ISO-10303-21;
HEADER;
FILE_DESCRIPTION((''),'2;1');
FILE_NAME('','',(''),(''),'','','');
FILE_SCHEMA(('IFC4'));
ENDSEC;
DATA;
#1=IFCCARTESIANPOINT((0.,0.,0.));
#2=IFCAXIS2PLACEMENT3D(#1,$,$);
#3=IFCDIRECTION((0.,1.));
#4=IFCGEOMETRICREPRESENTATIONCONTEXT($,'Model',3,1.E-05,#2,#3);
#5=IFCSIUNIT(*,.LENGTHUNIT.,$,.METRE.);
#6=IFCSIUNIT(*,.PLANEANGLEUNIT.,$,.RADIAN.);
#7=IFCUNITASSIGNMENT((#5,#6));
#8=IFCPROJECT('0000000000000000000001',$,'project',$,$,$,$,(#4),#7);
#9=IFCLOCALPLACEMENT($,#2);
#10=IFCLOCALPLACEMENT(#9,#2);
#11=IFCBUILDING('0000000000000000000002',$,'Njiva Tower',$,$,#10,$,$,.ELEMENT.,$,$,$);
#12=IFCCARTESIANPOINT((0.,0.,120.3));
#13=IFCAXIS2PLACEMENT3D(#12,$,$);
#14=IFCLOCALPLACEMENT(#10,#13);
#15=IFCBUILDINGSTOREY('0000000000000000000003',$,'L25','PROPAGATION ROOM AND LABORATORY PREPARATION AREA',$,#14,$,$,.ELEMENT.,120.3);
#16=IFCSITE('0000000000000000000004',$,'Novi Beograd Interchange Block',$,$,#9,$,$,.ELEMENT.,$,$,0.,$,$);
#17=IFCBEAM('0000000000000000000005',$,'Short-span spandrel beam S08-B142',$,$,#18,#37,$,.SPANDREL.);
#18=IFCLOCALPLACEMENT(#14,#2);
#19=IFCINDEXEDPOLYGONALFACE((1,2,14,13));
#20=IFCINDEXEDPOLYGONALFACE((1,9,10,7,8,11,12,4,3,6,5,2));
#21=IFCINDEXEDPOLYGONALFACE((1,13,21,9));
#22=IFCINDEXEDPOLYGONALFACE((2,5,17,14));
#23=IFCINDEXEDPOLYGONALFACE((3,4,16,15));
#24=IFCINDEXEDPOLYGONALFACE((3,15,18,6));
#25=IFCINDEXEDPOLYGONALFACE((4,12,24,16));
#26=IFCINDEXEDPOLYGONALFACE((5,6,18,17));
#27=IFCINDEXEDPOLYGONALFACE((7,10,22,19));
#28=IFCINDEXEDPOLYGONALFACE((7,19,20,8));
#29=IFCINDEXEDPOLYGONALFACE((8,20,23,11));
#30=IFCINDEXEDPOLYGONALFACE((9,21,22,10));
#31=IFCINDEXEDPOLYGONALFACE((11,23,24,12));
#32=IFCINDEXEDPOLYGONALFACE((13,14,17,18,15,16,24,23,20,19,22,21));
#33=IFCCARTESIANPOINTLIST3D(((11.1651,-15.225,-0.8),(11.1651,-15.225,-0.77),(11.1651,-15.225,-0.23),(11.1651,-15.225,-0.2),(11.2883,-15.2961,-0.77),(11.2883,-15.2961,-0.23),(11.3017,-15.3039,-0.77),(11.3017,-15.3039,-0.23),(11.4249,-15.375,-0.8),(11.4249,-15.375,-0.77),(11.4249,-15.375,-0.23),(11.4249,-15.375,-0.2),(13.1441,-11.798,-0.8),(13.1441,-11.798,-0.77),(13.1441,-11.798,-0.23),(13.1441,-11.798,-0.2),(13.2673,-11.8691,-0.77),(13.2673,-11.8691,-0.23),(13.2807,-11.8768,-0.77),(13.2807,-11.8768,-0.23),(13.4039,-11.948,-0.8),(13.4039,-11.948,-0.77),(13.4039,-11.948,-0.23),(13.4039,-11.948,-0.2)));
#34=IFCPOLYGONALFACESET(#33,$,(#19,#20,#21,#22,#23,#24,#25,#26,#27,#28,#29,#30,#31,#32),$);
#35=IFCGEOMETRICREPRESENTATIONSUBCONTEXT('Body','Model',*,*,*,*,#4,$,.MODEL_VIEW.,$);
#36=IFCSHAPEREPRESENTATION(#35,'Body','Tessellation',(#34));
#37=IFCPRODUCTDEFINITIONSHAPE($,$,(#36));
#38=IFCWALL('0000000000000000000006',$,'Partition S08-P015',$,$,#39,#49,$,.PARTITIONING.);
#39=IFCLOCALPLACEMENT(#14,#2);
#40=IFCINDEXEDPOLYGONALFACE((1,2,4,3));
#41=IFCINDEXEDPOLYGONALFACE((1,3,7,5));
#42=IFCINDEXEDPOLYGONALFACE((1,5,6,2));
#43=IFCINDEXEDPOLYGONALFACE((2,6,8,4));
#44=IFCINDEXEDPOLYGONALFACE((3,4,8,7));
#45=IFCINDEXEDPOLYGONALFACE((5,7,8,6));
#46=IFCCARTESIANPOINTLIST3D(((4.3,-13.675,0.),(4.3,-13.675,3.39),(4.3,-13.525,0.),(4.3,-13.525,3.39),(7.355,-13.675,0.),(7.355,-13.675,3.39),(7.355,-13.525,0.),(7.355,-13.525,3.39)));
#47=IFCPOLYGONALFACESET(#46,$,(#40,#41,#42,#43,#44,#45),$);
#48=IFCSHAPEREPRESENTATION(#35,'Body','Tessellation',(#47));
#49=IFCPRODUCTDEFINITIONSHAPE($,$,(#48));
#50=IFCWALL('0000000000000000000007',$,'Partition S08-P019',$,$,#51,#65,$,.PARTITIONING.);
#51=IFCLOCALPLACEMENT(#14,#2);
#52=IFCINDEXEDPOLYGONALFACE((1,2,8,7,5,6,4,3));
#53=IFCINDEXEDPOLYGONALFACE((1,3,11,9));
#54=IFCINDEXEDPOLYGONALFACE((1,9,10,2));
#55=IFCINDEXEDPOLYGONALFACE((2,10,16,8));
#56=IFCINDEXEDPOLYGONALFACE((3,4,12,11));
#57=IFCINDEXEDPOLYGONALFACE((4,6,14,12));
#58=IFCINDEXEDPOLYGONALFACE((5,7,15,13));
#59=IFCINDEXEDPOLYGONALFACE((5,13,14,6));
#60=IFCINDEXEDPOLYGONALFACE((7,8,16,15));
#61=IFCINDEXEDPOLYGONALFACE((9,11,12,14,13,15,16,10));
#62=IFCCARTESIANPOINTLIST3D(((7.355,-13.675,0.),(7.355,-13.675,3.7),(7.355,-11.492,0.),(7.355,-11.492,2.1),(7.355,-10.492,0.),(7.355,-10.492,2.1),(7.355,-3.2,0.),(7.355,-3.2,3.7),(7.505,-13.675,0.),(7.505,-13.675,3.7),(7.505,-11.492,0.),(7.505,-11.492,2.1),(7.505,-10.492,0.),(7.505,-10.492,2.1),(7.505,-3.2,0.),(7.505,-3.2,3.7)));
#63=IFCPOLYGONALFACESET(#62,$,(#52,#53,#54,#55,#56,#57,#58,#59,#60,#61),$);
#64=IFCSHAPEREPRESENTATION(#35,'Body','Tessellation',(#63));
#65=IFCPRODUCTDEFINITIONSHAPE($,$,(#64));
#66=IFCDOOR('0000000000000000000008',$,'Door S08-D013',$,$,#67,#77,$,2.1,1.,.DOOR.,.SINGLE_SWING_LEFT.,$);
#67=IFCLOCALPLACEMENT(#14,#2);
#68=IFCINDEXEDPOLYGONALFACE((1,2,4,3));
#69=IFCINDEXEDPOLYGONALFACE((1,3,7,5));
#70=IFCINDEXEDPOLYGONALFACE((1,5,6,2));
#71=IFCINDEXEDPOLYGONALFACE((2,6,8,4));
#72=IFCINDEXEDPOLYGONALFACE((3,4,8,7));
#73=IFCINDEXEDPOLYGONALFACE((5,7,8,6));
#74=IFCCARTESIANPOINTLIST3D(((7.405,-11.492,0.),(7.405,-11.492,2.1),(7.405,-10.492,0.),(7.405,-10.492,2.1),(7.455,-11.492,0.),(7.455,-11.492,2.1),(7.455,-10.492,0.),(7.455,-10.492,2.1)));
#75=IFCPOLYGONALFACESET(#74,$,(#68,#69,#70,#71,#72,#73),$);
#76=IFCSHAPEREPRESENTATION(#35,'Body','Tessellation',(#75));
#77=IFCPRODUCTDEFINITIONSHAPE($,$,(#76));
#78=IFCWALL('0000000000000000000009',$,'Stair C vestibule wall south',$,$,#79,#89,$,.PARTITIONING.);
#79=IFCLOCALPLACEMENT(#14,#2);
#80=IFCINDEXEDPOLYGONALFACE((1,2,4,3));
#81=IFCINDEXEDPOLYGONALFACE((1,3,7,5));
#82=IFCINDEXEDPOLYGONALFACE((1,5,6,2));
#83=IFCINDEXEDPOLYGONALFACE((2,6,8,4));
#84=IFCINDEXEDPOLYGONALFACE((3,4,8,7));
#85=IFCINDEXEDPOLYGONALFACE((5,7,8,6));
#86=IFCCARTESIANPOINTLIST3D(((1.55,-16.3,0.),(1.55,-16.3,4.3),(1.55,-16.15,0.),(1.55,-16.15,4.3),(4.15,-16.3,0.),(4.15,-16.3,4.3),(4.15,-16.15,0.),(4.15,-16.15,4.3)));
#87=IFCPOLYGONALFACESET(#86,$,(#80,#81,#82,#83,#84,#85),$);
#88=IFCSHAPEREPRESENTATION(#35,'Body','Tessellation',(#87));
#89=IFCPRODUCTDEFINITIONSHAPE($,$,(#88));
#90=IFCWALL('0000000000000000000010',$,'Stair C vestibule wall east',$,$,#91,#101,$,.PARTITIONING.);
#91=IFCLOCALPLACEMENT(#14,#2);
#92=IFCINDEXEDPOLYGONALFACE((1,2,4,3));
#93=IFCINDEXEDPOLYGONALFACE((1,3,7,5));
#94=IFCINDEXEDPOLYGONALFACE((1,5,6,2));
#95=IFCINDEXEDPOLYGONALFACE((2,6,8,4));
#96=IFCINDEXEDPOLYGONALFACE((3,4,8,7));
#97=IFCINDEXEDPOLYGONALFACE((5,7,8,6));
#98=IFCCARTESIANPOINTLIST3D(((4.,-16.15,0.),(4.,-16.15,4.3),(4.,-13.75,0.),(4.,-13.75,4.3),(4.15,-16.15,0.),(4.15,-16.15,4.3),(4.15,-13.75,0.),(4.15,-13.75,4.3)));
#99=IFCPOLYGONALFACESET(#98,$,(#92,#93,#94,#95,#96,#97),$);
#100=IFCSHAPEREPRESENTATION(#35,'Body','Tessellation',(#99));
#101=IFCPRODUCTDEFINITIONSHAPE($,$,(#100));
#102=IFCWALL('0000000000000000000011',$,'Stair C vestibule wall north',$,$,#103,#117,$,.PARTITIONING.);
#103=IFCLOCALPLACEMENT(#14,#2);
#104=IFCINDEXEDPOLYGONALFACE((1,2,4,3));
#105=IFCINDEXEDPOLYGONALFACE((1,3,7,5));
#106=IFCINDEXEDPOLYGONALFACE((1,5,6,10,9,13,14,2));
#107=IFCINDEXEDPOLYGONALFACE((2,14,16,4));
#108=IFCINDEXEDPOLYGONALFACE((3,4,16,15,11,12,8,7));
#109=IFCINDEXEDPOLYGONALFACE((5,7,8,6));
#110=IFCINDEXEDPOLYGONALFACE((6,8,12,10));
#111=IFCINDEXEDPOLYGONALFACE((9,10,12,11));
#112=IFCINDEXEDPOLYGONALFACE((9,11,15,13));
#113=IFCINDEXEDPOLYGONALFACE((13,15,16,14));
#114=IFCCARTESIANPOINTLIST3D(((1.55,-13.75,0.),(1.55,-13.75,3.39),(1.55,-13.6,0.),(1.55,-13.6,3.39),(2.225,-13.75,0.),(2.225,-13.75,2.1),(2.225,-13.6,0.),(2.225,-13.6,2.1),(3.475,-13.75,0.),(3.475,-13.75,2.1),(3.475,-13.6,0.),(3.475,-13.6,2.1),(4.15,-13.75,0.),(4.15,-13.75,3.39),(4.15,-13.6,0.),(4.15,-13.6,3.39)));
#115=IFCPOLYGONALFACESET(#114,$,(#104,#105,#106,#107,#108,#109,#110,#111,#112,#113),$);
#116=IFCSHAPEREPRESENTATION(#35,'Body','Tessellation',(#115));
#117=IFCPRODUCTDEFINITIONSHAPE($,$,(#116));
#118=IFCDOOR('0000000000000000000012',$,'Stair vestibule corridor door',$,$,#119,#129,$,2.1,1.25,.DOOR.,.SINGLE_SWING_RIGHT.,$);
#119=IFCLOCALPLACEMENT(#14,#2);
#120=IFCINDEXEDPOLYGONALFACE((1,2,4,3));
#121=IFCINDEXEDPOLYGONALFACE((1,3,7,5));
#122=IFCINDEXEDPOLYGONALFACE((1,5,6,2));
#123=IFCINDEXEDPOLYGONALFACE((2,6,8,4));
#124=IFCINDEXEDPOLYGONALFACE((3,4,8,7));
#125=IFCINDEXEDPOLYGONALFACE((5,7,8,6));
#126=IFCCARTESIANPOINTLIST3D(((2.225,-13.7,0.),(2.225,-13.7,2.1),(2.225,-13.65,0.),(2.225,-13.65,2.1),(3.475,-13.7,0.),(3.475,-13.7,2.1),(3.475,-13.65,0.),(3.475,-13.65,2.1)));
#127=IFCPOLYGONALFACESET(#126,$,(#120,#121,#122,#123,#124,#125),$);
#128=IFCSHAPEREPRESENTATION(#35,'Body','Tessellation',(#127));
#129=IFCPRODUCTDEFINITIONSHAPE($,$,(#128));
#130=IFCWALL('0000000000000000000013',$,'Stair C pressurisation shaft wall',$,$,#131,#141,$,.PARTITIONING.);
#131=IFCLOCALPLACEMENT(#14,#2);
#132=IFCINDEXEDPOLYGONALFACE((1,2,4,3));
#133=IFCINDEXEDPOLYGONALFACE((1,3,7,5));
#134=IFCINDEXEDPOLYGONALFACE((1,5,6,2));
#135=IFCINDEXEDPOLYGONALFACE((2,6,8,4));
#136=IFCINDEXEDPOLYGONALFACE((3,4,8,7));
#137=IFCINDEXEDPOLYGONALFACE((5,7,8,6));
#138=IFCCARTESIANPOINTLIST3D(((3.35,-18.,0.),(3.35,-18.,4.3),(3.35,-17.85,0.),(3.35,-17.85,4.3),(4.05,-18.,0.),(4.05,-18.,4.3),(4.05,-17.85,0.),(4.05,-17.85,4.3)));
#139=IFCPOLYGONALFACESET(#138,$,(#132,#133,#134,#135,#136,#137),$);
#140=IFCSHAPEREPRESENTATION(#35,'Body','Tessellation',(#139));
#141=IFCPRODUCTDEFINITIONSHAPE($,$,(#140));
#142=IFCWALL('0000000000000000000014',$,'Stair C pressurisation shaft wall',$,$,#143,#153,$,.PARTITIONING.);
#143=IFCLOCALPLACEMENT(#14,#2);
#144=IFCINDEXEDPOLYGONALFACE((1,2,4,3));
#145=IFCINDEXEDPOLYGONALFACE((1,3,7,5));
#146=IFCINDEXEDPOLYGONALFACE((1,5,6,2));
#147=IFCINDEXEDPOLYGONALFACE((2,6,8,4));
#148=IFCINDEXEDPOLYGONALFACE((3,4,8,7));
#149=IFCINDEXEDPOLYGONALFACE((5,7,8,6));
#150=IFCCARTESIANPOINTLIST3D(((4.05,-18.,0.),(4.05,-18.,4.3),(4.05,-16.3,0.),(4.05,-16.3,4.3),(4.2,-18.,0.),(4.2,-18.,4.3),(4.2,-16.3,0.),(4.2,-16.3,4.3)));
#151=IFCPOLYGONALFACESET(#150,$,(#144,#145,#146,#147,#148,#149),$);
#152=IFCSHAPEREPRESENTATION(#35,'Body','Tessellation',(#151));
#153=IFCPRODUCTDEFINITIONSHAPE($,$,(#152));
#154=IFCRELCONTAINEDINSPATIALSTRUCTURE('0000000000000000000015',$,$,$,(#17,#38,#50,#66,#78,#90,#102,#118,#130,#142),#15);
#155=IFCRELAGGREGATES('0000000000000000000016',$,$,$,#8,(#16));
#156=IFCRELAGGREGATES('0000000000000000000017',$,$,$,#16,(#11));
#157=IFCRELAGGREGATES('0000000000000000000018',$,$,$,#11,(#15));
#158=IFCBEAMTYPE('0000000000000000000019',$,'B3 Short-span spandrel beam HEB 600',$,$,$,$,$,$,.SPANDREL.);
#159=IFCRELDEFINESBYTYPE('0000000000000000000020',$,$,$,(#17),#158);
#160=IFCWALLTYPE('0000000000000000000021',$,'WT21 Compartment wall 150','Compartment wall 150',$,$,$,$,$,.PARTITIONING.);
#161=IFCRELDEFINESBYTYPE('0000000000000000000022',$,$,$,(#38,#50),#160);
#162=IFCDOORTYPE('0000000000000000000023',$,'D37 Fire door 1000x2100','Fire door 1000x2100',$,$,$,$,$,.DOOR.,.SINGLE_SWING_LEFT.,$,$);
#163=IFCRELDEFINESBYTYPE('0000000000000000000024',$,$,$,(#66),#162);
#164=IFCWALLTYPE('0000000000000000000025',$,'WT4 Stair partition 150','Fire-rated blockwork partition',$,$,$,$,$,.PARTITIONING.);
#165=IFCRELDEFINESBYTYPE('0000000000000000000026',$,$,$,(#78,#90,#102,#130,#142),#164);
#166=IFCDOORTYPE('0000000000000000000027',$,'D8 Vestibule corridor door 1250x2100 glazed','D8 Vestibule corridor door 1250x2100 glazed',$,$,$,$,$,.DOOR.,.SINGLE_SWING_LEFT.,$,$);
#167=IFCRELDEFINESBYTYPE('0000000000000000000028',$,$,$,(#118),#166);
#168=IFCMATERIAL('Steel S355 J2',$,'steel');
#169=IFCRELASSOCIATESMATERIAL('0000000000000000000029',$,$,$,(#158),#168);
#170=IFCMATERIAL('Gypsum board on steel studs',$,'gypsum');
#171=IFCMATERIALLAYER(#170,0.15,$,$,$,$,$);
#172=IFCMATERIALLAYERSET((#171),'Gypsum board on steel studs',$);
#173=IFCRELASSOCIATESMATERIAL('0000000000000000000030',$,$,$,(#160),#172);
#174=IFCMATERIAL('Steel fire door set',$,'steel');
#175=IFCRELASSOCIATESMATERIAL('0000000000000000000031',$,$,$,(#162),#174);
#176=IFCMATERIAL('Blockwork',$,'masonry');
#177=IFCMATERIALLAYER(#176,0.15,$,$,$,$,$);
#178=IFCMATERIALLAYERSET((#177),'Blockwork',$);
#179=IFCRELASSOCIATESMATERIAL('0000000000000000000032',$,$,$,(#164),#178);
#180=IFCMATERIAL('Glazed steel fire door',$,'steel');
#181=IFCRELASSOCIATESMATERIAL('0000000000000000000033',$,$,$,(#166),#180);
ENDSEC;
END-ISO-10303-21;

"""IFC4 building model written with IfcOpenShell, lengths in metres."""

from ifc_helpers import new_model, si_unit, direction, frame, frame_2d, origin, origin_2d, place, context, subcontext, project, spatial, rectangle, i_section, extrude, material, layer, layer_set, material_profile, profile_set, type_object, element, fill, save


model = new_model("IFC4")

# Units and contexts
model_context = context("Model", 3, precision=1e-05, world=origin(), true_north=direction((0.0, 1.0)))
body_context = subcontext(model_context, "Body", "Model", "MODEL_VIEW")
ifc_project = project(units=[si_unit("LENGTHUNIT", "METRE"), si_unit("PLANEANGLEUNIT", "RADIAN")], contexts=[model_context])

# Site, building, storey
site_placement = place(None, origin())
site = spatial("IfcSite", under=ifc_project, at=site_placement, Name="Novi Beograd Interchange Block", CompositionType="ELEMENT", RefElevation=0.0)
building_placement = place(site_placement, origin())
building = spatial("IfcBuilding", under=site, at=building_placement, Name="Njiva Tower", CompositionType="ELEMENT")
storey_placement = place(building_placement, frame((0.0, 0.0, 120.3)))
storey = spatial("IfcBuildingStorey", under=building, at=storey_placement, Name="L25", Description="PROPAGATION ROOM AND LABORATORY PREPARATION AREA", CompositionType="ELEMENT", Elevation=120.3)

# Shared definitions
ifc_material_1 = material(Name="Steel S355 J2", Category="steel")

# Beam
ifc_material_profile_1 = material_profile(ifc_material_1, i_section(OverallWidth=0.3, OverallDepth=0.6, WebThickness=0.0155, FlangeThickness=0.03, at=origin_2d()), Name="HEB 600")
ifc_profile_set_1 = profile_set([ifc_material_profile_1], Name="Steel S355 J2")
beam_type_1 = type_object("IfcBeamType", Name="B3 Short-span spandrel beam HEB 600", PredefinedType="SPANDREL", material=ifc_profile_set_1)
beam_1_placement = place(storey_placement, frame((11.295, -15.3, -0.5), z_axis=(0.50008, 0.865979, 0.0), x_axis=(-0.865979, 0.50008, 0.0)))
element("IfcBeam", 1, at=beam_1_placement, inside=storey, type_object=beam_type_1, Name="Short-span spandrel beam S08-B142", PredefinedType="SPANDREL", context=body_context, shape_type="SweptSolid", body=[
    extrude(i_section(OverallWidth=0.3, OverallDepth=0.6, WebThickness=0.0155, FlangeThickness=0.03, at=origin_2d()), origin(), (0.0, 0.0, 1.0), 3.9574),
])

# Wall
ifc_material_2 = material(Name="Gypsum board on steel studs", Category="gypsum")
ifc_layer_1 = layer(ifc_material_2, 0.15)
ifc_layer_set_1 = layer_set([ifc_layer_1], Name="Gypsum board on steel studs")
wall_type_1 = type_object("IfcWallType", Name="WT21 Compartment wall 150", Description="Compartment wall 150", PredefinedType="PARTITIONING", material=ifc_layer_set_1)
wall_1_placement = place(storey_placement, frame((4.3, -13.6, 0.0), z_axis=(0.0, 0.0, 1.0), x_axis=(1.0, 0.0, 0.0)))
element("IfcWall", 2, at=wall_1_placement, inside=storey, type_object=wall_type_1, Name="Partition S08-P015", PredefinedType="PARTITIONING", context=body_context, shape_type="SweptSolid", body=[
    extrude(rectangle(XDim=3.055, YDim=0.15, at=frame_2d((1.5275, 0.0))), origin(), (0.0, 0.0, 1.0), 3.39),
])

# Wall, opening, door
wall_2_placement = place(storey_placement, frame((7.43, -13.675, 0.0), z_axis=(0.0, 0.0, 1.0), x_axis=(0.0, 1.0, 0.0)))
wall_2 = element("IfcWall", 3, at=wall_2_placement, inside=storey, type_object=wall_type_1, Name="Partition S08-P019", PredefinedType="PARTITIONING", context=body_context, shape_type="SweptSolid", body=[
    extrude(rectangle(XDim=10.475, YDim=0.15, at=frame_2d((5.2375, 0.0))), origin(), (0.0, 0.0, 1.0), 3.7),
])
opening_1_placement = place(wall_2_placement, frame((2.183, 0.0, 0.0)))
opening_1 = element("IfcOpeningElement", 4, at=opening_1_placement, cuts=wall_2, PredefinedType="OPENING", context=body_context, shape_type="SweptSolid", body=[
    extrude(rectangle(XDim=1.0, YDim=2.1, at=frame_2d((0.5, 1.05))), frame((0.0, 0.085, 0.0), z_axis=(0.0, -1.0, 0.0), x_axis=(1.0, 0.0, 0.0)), (0.0, 0.0, 1.0), 0.17),
])
ifc_material_3 = material(Name="Steel fire door set", Category="steel")
door_type_1 = type_object("IfcDoorType", Name="D37 Fire door 1000x2100", Description="Fire door 1000x2100", OperationType="SINGLE_SWING_LEFT", PredefinedType="DOOR", material=ifc_material_3)
door_1_placement = place(opening_1_placement, origin())
door_1 = element("IfcDoor", 5, at=door_1_placement, inside=storey, type_object=door_type_1, Name="Door S08-D013", OperationType="SINGLE_SWING_LEFT", OverallHeight=2.1, OverallWidth=1.0, PredefinedType="DOOR", context=body_context, shape_type="SweptSolid", body=[
    extrude(rectangle(XDim=1.0, YDim=2.1, at=frame_2d((0.5, 1.05))), frame((0.0, 0.025, 0.0), z_axis=(0.0, -1.0, 0.0), x_axis=(1.0, 0.0, 0.0)), (0.0, 0.0, 1.0), 0.05),
])
fill(opening_1, door_1)

# Walls
ifc_material_4 = material(Name="Blockwork", Category="masonry")
ifc_layer_2 = layer(ifc_material_4, 0.15)
ifc_layer_set_2 = layer_set([ifc_layer_2], Name="Blockwork")
wall_type_2 = type_object("IfcWallType", Name="WT4 Stair partition 150", Description="Fire-rated blockwork partition", PredefinedType="PARTITIONING", material=ifc_layer_set_2)
wall_3_placement = place(storey_placement, frame((1.55, -16.225, 0.0), z_axis=(0.0, 0.0, 1.0), x_axis=(1.0, 0.0, 0.0)))
element("IfcWall", 6, at=wall_3_placement, inside=storey, type_object=wall_type_2, Name="Stair C vestibule wall south", PredefinedType="PARTITIONING", context=body_context, shape_type="SweptSolid", body=[
    extrude(rectangle(XDim=2.6, YDim=0.15, at=frame_2d((1.3, 0.0))), origin(), (0.0, 0.0, 1.0), 4.3),
])
wall_4_placement = place(storey_placement, frame((4.075, -16.15, 0.0), z_axis=(0.0, 0.0, 1.0), x_axis=(0.0, 1.0, 0.0)))
element("IfcWall", 7, at=wall_4_placement, inside=storey, type_object=wall_type_2, Name="Stair C vestibule wall east", PredefinedType="PARTITIONING", context=body_context, shape_type="SweptSolid", body=[
    extrude(rectangle(XDim=2.4, YDim=0.15, at=frame_2d((1.2, 0.0))), origin(), (0.0, 0.0, 1.0), 4.3),
])

# Wall, opening, door
wall_5_placement = place(storey_placement, frame((1.55, -13.675, 0.0), z_axis=(0.0, 0.0, 1.0), x_axis=(1.0, 0.0, 0.0)))
wall_5 = element("IfcWall", 8, at=wall_5_placement, inside=storey, type_object=wall_type_2, Name="Stair C vestibule wall north", PredefinedType="PARTITIONING", context=body_context, shape_type="SweptSolid", body=[
    extrude(rectangle(XDim=2.6, YDim=0.15, at=frame_2d((1.3, 0.0))), origin(), (0.0, 0.0, 1.0), 3.39),
])
opening_2_placement = place(wall_5_placement, frame((0.675, 0.0, 0.0)))
opening_2 = element("IfcOpeningElement", 9, at=opening_2_placement, cuts=wall_5, PredefinedType="OPENING", context=body_context, shape_type="SweptSolid", body=[
    extrude(rectangle(XDim=1.25, YDim=2.1, at=frame_2d((0.625, 1.05))), frame((0.0, 0.085, 0.0), z_axis=(0.0, -1.0, 0.0), x_axis=(1.0, 0.0, 0.0)), (0.0, 0.0, 1.0), 0.17),
])
ifc_material_5 = material(Name="Glazed steel fire door", Category="steel")
door_type_2 = type_object("IfcDoorType", Name="D8 Vestibule corridor door 1250x2100 glazed", Description="D8 Vestibule corridor door 1250x2100 glazed", OperationType="SINGLE_SWING_LEFT", PredefinedType="DOOR", material=ifc_material_5)
door_2_placement = place(opening_2_placement, origin())
door_2 = element("IfcDoor", 10, at=door_2_placement, inside=storey, type_object=door_type_2, Name="Stair vestibule corridor door", OperationType="SINGLE_SWING_RIGHT", OverallHeight=2.1, OverallWidth=1.25, PredefinedType="DOOR", context=body_context, shape_type="SweptSolid", body=[
    extrude(rectangle(XDim=1.25, YDim=2.1, at=frame_2d((0.625, 1.05))), frame((0.0, 0.025, 0.0), z_axis=(0.0, -1.0, 0.0), x_axis=(1.0, 0.0, 0.0)), (0.0, 0.0, 1.0), 0.05),
])
fill(opening_2, door_2)

# Walls
wall_6_placement = place(storey_placement, frame((3.35, -17.925, 0.0), z_axis=(0.0, 0.0, 1.0), x_axis=(1.0, 0.0, 0.0)))
element("IfcWall", 11, at=wall_6_placement, inside=storey, type_object=wall_type_2, Name="Stair C pressurisation shaft wall", PredefinedType="PARTITIONING", context=body_context, shape_type="SweptSolid", body=[
    extrude(rectangle(XDim=0.7, YDim=0.15, at=frame_2d((0.35, 0.0))), origin(), (0.0, 0.0, 1.0), 4.3),
])
wall_7_placement = place(storey_placement, frame((4.125, -18.0, 0.0), z_axis=(0.0, 0.0, 1.0), x_axis=(0.0, 1.0, 0.0)))
element("IfcWall", 12, at=wall_7_placement, inside=storey, type_object=wall_type_2, Name="Stair C pressurisation shaft wall", PredefinedType="PARTITIONING", context=body_context, shape_type="SweptSolid", body=[
    extrude(rectangle(XDim=1.7, YDim=0.15, at=frame_2d((0.85, 0.0))), origin(), (0.0, 0.0, 1.0), 4.3),
])

save(model, "model.ifc")
